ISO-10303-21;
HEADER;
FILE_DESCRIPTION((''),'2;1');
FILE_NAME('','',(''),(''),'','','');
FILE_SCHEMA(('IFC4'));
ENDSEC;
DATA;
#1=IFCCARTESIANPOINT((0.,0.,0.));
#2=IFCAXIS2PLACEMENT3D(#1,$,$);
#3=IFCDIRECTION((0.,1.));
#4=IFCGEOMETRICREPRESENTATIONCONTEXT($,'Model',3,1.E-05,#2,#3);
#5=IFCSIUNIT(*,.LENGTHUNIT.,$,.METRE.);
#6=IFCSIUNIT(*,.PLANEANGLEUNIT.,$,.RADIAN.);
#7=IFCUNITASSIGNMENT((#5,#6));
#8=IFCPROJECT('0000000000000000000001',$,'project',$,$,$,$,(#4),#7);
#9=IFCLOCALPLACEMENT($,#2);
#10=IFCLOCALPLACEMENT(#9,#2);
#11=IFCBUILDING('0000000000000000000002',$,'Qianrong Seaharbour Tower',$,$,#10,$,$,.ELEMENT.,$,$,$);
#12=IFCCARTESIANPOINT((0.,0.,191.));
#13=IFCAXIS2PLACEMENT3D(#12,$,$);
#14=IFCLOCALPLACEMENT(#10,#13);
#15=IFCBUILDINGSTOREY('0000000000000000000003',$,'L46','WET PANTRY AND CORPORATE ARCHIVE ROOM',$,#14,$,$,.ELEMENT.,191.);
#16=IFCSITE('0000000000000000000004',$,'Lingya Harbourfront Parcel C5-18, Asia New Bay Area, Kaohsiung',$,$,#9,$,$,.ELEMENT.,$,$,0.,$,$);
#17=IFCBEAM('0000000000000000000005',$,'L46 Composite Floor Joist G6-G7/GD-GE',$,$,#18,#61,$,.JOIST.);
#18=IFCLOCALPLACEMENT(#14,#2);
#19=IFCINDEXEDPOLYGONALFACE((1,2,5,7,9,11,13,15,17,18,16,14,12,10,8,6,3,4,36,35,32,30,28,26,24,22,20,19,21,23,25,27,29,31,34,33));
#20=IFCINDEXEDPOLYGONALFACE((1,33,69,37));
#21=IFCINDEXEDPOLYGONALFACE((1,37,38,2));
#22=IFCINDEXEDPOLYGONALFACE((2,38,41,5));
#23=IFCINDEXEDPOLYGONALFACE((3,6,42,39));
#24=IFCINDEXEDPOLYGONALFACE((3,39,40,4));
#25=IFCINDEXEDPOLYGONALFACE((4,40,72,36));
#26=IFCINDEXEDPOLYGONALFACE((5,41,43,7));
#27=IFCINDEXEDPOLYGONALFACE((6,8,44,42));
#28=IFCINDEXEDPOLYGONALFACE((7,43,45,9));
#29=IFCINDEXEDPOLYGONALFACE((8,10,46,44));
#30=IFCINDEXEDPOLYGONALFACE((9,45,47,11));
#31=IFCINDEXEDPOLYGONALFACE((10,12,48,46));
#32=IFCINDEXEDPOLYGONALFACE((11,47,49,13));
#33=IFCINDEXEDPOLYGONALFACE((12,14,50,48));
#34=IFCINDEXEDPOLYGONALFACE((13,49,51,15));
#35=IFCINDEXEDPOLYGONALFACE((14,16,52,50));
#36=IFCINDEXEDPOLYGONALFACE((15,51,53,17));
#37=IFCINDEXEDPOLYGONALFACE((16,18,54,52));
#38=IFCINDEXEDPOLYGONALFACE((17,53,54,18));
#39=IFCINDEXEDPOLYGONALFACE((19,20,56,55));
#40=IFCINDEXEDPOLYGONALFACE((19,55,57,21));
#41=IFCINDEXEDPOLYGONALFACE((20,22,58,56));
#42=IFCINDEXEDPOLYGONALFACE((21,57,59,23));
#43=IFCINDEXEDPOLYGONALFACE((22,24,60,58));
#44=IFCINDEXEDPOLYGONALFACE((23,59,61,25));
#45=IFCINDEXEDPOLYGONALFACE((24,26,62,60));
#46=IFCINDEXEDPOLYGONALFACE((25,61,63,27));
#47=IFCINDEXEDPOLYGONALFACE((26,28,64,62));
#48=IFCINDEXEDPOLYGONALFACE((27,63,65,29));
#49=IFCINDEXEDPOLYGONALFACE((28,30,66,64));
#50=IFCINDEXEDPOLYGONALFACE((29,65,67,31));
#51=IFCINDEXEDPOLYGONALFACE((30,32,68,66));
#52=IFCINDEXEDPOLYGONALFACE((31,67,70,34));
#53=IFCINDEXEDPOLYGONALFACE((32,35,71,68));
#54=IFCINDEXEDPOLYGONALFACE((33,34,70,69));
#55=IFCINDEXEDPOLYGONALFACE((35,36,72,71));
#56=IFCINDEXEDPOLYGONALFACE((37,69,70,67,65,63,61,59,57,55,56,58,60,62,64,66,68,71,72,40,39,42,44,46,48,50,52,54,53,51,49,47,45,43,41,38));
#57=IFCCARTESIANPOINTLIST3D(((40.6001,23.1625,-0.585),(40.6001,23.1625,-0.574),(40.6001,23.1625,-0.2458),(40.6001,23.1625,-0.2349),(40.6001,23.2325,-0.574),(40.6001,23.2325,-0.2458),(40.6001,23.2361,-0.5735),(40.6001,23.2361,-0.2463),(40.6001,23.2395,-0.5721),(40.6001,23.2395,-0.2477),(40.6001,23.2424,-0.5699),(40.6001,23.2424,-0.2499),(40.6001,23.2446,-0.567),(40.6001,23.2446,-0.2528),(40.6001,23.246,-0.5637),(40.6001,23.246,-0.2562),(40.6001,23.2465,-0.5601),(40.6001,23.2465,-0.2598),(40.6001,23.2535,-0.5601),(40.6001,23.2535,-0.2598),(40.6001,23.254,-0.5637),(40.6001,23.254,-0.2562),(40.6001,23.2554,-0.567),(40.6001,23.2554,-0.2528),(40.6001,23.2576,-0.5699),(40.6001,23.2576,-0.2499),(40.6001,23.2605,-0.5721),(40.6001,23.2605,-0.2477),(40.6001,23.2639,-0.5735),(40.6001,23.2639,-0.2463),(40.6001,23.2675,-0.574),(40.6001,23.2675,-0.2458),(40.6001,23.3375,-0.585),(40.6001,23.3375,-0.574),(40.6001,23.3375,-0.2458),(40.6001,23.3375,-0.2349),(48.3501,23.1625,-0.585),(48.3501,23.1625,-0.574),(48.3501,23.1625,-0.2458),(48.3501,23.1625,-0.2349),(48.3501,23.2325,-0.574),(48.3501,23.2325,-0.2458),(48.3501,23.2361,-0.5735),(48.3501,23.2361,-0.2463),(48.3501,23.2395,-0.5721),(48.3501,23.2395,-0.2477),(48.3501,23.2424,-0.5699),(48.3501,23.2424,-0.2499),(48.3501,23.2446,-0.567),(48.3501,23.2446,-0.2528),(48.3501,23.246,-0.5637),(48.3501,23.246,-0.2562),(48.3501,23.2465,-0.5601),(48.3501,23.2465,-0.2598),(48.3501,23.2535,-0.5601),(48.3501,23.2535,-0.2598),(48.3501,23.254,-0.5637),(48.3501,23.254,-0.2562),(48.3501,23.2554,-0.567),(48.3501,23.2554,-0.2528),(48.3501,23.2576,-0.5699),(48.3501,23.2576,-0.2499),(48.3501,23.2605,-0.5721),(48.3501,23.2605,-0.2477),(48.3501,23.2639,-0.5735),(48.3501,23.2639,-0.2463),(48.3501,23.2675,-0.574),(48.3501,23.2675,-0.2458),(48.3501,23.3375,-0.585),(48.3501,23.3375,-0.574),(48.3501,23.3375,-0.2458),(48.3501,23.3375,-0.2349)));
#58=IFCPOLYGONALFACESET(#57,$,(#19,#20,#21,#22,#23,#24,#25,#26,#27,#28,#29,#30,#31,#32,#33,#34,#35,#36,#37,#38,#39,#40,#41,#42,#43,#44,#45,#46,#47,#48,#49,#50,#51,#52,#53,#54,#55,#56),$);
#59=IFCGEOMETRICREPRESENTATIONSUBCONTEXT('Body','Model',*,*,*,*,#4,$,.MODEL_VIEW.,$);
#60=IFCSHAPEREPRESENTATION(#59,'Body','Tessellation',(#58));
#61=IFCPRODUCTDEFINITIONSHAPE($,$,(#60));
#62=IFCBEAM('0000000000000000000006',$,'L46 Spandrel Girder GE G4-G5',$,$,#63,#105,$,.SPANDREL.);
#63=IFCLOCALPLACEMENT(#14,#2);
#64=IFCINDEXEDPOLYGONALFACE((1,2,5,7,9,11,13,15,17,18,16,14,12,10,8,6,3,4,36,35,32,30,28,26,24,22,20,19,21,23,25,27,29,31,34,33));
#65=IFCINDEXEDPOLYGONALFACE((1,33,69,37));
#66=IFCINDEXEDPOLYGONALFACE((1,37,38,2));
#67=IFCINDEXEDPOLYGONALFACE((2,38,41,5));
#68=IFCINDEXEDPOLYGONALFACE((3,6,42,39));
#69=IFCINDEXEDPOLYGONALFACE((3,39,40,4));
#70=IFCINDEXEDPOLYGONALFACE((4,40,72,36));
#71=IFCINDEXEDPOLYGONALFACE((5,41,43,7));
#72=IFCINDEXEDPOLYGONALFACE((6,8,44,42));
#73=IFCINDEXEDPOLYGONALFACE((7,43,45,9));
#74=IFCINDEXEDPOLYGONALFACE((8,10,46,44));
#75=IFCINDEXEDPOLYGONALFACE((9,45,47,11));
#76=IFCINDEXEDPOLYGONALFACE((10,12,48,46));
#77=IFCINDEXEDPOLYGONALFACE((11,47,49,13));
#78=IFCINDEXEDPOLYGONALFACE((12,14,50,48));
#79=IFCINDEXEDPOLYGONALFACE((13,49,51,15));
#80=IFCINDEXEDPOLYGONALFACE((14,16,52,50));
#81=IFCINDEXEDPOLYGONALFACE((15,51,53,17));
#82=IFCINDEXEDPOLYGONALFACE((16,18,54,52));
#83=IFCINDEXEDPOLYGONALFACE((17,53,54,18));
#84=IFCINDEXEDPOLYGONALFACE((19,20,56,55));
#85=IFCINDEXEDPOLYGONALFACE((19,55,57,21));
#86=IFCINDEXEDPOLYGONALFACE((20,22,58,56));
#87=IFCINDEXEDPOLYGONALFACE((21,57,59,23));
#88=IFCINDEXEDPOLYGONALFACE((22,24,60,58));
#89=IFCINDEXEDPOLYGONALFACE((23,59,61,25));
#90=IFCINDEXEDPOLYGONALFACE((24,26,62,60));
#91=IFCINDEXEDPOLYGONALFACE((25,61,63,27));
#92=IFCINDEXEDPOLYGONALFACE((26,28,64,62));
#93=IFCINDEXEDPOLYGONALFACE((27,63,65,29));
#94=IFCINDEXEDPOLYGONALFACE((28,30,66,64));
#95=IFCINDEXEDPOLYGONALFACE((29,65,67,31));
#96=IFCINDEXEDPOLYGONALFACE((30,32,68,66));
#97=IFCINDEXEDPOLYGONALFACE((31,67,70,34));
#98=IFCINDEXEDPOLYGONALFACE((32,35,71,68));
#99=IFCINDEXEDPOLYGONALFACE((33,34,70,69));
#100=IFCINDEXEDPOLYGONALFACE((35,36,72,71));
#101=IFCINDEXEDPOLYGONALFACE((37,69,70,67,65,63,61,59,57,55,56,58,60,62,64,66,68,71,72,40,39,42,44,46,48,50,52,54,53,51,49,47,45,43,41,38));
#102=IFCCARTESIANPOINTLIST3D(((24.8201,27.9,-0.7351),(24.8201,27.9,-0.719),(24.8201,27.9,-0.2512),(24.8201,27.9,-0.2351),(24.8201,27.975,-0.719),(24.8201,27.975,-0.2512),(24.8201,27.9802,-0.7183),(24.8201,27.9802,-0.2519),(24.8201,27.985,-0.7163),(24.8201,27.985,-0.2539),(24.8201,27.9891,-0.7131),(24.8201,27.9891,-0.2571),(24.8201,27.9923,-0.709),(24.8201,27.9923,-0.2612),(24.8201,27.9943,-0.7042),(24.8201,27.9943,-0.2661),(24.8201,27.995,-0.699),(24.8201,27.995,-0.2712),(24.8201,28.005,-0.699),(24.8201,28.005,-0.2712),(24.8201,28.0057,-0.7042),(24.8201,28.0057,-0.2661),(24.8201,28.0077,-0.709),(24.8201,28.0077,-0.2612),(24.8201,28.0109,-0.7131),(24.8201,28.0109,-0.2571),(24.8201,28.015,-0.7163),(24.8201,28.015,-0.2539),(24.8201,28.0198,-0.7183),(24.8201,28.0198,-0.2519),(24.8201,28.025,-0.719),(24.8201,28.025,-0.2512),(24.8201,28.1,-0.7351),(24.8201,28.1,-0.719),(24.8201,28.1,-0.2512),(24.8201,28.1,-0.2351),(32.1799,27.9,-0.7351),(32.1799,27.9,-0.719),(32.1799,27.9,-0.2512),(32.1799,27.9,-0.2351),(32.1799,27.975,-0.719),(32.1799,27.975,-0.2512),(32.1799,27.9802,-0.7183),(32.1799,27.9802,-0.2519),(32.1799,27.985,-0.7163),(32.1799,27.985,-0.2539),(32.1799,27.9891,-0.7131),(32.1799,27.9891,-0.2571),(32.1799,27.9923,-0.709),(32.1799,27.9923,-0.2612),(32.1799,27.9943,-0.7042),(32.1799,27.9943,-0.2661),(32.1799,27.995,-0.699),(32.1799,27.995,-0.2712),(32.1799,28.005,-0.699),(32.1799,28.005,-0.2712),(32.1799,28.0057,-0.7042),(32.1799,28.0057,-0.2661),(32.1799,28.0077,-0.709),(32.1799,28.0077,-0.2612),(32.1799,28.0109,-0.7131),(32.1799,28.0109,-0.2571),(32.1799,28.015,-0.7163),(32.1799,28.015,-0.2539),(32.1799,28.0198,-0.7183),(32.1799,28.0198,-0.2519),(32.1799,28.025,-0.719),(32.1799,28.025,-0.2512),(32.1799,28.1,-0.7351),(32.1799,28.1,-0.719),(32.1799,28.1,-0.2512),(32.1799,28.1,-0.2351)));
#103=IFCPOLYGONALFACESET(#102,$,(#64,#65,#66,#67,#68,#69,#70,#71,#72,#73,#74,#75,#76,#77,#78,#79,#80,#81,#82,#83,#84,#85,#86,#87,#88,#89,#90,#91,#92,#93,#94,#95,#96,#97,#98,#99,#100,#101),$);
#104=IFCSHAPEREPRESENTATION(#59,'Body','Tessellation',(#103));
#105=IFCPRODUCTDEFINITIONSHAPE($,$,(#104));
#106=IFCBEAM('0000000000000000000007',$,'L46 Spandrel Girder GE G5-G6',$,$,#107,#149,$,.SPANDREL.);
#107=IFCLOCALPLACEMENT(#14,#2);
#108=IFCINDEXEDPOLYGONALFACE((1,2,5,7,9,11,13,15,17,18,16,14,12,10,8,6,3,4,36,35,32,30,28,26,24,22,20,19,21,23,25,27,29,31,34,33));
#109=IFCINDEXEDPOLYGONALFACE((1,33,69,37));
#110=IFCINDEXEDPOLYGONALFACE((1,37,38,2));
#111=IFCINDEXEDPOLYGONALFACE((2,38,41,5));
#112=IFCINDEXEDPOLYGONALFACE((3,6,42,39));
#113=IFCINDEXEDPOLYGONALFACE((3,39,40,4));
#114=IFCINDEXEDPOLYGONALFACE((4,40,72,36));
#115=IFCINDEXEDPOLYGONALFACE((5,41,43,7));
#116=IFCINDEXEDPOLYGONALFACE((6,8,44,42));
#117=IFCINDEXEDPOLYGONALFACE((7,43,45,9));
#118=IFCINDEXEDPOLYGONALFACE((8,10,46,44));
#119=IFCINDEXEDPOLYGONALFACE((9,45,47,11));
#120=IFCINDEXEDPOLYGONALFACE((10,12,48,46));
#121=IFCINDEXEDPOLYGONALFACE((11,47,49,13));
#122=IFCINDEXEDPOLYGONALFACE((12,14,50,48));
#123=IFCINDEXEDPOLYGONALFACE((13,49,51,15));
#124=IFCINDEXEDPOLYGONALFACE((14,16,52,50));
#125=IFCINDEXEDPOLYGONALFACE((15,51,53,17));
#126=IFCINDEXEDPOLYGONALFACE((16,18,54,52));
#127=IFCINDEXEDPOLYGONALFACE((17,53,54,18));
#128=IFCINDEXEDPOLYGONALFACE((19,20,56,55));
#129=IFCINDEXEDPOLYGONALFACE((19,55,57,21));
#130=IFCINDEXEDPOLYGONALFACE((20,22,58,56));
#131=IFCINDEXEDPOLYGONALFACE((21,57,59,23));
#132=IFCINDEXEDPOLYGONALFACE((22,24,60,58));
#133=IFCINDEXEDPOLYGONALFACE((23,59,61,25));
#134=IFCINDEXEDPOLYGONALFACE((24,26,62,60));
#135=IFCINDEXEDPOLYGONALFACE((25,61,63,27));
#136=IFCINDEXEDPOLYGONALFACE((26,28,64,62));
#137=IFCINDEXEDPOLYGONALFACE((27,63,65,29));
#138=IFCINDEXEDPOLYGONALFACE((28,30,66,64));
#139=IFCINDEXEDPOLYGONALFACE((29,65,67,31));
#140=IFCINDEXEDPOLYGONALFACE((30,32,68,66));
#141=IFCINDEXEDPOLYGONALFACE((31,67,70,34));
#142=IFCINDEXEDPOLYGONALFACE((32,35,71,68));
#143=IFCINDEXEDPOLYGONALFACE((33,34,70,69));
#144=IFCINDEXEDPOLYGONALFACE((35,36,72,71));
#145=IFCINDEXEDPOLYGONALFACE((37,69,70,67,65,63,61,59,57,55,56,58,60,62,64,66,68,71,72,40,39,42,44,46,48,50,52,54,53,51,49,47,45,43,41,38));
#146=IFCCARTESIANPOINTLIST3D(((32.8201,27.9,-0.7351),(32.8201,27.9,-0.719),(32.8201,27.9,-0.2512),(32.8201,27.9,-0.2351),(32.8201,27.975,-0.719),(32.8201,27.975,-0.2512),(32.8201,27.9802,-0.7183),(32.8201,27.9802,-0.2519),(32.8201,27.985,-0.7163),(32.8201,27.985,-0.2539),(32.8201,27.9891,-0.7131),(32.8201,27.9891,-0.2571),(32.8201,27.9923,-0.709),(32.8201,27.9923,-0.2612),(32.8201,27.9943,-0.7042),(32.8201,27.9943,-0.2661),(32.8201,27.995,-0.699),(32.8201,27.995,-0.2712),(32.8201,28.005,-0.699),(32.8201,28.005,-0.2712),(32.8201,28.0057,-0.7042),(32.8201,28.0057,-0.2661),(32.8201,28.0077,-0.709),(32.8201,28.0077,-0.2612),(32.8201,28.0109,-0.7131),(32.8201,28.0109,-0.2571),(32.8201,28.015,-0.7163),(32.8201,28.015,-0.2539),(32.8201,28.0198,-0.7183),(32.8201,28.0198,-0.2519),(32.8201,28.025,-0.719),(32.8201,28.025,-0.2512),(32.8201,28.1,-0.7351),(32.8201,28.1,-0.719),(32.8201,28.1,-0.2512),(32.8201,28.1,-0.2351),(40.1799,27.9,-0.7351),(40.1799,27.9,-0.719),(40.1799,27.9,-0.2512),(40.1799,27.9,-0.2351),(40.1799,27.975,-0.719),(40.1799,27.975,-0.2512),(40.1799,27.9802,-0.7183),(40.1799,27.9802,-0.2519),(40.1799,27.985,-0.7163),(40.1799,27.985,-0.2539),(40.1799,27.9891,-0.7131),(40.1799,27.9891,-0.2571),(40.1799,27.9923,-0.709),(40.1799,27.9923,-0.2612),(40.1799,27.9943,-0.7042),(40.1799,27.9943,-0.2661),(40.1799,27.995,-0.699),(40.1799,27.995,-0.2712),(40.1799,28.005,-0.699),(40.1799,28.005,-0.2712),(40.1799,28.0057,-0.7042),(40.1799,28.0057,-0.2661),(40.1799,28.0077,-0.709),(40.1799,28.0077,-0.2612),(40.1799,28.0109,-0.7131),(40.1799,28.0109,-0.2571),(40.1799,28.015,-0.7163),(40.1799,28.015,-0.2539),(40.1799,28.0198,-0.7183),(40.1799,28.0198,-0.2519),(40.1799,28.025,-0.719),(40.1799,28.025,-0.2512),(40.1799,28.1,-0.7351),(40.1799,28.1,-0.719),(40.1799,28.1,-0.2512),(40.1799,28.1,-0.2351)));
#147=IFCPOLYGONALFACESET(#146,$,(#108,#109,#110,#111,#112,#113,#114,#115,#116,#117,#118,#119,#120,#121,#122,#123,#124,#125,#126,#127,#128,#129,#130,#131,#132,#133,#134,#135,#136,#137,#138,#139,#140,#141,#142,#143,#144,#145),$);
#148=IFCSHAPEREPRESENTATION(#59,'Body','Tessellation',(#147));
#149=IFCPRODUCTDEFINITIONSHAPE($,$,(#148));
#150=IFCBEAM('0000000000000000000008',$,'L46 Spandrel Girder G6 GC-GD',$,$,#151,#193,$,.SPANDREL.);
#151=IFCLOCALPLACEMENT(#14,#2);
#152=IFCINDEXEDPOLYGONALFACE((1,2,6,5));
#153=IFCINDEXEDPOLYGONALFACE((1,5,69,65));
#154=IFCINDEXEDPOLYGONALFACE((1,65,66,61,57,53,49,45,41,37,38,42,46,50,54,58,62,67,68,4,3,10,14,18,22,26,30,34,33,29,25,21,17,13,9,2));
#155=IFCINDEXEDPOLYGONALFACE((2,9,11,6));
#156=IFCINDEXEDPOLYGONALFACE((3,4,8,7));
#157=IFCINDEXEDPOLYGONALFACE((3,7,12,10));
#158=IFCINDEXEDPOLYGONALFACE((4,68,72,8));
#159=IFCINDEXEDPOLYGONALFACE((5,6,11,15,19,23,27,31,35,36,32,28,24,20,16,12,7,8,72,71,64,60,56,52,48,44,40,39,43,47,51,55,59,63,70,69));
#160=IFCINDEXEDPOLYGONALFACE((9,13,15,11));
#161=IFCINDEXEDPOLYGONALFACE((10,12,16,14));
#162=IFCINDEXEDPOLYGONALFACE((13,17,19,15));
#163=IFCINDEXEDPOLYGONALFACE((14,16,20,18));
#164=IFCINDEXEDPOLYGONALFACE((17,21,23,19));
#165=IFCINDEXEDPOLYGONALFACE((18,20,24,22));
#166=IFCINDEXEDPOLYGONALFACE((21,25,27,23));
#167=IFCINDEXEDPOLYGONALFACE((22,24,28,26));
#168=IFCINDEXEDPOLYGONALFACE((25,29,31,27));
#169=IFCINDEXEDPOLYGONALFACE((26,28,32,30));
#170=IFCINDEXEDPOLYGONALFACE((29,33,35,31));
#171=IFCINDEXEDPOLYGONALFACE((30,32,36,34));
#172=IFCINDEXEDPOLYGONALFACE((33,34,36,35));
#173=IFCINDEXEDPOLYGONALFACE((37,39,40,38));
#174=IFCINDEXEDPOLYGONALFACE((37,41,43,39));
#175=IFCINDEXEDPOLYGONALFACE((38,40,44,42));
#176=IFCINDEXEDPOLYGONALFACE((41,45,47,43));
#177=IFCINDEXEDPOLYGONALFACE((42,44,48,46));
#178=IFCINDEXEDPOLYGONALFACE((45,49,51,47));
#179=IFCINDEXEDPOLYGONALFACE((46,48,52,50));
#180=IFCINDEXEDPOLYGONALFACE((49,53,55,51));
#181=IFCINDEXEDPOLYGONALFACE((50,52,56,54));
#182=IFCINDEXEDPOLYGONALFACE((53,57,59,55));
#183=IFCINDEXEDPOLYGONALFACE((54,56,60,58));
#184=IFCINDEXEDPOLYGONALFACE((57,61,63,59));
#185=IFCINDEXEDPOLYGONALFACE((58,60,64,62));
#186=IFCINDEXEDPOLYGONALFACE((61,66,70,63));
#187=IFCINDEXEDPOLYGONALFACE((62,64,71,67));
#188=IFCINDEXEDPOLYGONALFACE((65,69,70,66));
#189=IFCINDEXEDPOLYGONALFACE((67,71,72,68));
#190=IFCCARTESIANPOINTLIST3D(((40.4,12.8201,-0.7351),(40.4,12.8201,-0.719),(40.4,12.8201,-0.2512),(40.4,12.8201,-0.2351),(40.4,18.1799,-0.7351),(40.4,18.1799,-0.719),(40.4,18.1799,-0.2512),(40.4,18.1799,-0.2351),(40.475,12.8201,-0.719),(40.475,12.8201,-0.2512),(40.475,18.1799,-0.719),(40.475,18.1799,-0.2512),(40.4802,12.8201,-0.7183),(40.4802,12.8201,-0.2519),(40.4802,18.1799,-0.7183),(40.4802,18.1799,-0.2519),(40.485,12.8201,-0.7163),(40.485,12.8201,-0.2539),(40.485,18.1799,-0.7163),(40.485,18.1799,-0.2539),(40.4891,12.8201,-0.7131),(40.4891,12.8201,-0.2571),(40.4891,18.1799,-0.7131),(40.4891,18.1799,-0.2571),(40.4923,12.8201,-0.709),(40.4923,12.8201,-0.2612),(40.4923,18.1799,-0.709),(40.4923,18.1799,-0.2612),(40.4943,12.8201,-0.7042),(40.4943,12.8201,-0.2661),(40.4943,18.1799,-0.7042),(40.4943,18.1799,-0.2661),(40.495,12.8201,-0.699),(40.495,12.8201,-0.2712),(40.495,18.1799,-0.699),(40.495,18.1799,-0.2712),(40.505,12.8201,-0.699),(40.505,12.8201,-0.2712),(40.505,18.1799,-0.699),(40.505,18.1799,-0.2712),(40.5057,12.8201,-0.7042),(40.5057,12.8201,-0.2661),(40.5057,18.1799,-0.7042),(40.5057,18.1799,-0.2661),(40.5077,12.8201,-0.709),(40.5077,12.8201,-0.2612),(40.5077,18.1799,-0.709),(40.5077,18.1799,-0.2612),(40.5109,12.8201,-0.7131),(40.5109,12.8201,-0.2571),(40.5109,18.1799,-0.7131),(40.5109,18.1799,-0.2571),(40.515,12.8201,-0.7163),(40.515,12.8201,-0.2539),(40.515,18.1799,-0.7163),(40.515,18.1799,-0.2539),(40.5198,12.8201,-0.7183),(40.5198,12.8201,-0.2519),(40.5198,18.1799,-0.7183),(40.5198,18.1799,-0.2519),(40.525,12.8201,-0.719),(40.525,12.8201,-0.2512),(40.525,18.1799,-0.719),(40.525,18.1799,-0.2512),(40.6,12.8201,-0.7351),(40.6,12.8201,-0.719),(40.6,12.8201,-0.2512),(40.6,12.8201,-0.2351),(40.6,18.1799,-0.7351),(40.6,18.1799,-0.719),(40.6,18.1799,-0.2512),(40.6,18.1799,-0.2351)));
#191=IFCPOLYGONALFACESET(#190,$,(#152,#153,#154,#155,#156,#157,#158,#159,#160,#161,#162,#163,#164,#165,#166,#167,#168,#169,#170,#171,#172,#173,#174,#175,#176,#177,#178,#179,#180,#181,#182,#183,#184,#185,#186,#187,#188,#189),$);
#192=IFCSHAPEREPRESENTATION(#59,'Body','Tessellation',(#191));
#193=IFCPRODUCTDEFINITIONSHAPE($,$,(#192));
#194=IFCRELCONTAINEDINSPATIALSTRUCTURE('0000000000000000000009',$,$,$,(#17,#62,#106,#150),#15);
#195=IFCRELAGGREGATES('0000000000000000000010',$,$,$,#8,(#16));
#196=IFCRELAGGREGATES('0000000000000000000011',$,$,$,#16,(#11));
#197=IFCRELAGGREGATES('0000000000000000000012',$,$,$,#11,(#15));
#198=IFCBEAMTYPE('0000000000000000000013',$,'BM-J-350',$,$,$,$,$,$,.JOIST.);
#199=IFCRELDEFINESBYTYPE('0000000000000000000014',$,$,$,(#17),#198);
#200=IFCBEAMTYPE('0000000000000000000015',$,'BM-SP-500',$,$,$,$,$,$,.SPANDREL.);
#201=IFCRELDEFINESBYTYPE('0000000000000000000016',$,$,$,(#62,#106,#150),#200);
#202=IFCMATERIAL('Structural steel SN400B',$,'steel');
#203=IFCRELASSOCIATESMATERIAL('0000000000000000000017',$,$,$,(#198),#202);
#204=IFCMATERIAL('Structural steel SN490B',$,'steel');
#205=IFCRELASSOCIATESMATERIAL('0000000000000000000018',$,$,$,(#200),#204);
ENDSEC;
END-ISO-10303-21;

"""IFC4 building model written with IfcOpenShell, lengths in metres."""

from ifc_helpers import new_model, si_unit, direction, frame, origin, origin_2d, place, context, subcontext, project, spatial, i_section, extrude, material, material_profile, profile_set, type_object, element, save


model = new_model("IFC4")

# Units and contexts
model_context = context("Model", 3, precision=1e-05, world=origin(), true_north=direction((0.0, 1.0)))
body_context = subcontext(model_context, "Body", "Model", "MODEL_VIEW")
ifc_project = project(units=[si_unit("LENGTHUNIT", "METRE"), si_unit("PLANEANGLEUNIT", "RADIAN")], contexts=[model_context])

# Site, building, storey
site_placement = place(None, origin())
site = spatial("IfcSite", under=ifc_project, at=site_placement, Name="Lingya Harbourfront Parcel C5-18, Asia New Bay Area, Kaohsiung", CompositionType="ELEMENT", RefElevation=0.0)
building_placement = place(site_placement, origin())
building = spatial("IfcBuilding", under=site, at=building_placement, Name="Qianrong Seaharbour Tower", CompositionType="ELEMENT")
storey_placement = place(building_placement, frame((0.0, 0.0, 191.0)))
storey = spatial("IfcBuildingStorey", under=building, at=storey_placement, Name="L46", Description="WET PANTRY AND CORPORATE ARCHIVE ROOM", CompositionType="ELEMENT", Elevation=191.0)

# Shared definitions
ifc_material_1 = material(Name="Structural steel SN490B", Category="steel")

# Beams
ifc_material_2 = material(Name="Structural steel SN400B", Category="steel")
ifc_material_profile_1 = material_profile(ifc_material_2, i_section(OverallWidth=0.175, OverallDepth=0.3501, WebThickness=0.0071, FlangeThickness=0.011, FilletRadius=0.0139, at=origin_2d()), Name="H350x175x7x11")
ifc_profile_set_1 = profile_set([ifc_material_profile_1], Name="Structural steel SN400B")
beam_type_1 = type_object("IfcBeamType", Name="BM-J-350", PredefinedType="JOIST", material=ifc_profile_set_1)
beam_1_placement = place(storey_placement, frame((40.6001, 23.25, -0.4099), z_axis=(1.0, 0.0, 0.0), x_axis=(0.0, 1.0, 0.0)))
element("IfcBeam", 1, at=beam_1_placement, inside=storey, type_object=beam_type_1, Name="L46 Composite Floor Joist G6-G7/GD-GE", PredefinedType="JOIST", context=body_context, shape_type="SweptSolid", body=[
    extrude(i_section(OverallWidth=0.175, OverallDepth=0.3501, WebThickness=0.0071, FlangeThickness=0.011, FilletRadius=0.0139, at=origin_2d()), origin(), (0.0, 0.0, 1.0), 7.75),
])
ifc_material_profile_2 = material_profile(ifc_material_1, i_section(OverallWidth=0.2, OverallDepth=0.5, WebThickness=0.01, FlangeThickness=0.0161, FilletRadius=0.02, at=origin_2d()), Name="H500x200x10x16")
ifc_profile_set_2 = profile_set([ifc_material_profile_2], Name="Structural steel SN490B")
beam_type_2 = type_object("IfcBeamType", Name="BM-SP-500", PredefinedType="SPANDREL", material=ifc_profile_set_2)
for number, where, z_axis, x_axis, name in (
    (2, (24.8201, 28.0, -0.4851), (1.0, 0.0, 0.0), (0.0, 1.0, 0.0), "L46 Spandrel Girder GE G4-G5"),
    (3, (32.8201, 28.0, -0.4851), (1.0, 0.0, 0.0), (0.0, 1.0, 0.0), "L46 Spandrel Girder GE G5-G6"),
):
    element("IfcBeam", number, at=place(storey_placement, frame(where, z_axis=z_axis, x_axis=x_axis)), inside=storey, type_object=beam_type_2, Name=name, PredefinedType="SPANDREL", context=body_context, shape_type="SweptSolid", body=[
        extrude(i_section(OverallWidth=0.2, OverallDepth=0.5, WebThickness=0.01, FlangeThickness=0.0161, FilletRadius=0.02, at=origin_2d()), origin(), (0.0, 0.0, 1.0), 7.3599),
    ])
beam_2_placement = place(storey_placement, frame((40.5, 12.8201, -0.4851), z_axis=(0.0, 1.0, 0.0), x_axis=(-1.0, 0.0, 0.0)))
element("IfcBeam", 4, at=beam_2_placement, inside=storey, type_object=beam_type_2, Name="L46 Spandrel Girder G6 GC-GD", PredefinedType="SPANDREL", context=body_context, shape_type="SweptSolid", body=[
    extrude(i_section(OverallWidth=0.2, OverallDepth=0.5, WebThickness=0.01, FlangeThickness=0.0161, FilletRadius=0.02, at=origin_2d()), origin(), (0.0, 0.0, 1.0), 5.3599),
])

save(model, "model.ifc")
